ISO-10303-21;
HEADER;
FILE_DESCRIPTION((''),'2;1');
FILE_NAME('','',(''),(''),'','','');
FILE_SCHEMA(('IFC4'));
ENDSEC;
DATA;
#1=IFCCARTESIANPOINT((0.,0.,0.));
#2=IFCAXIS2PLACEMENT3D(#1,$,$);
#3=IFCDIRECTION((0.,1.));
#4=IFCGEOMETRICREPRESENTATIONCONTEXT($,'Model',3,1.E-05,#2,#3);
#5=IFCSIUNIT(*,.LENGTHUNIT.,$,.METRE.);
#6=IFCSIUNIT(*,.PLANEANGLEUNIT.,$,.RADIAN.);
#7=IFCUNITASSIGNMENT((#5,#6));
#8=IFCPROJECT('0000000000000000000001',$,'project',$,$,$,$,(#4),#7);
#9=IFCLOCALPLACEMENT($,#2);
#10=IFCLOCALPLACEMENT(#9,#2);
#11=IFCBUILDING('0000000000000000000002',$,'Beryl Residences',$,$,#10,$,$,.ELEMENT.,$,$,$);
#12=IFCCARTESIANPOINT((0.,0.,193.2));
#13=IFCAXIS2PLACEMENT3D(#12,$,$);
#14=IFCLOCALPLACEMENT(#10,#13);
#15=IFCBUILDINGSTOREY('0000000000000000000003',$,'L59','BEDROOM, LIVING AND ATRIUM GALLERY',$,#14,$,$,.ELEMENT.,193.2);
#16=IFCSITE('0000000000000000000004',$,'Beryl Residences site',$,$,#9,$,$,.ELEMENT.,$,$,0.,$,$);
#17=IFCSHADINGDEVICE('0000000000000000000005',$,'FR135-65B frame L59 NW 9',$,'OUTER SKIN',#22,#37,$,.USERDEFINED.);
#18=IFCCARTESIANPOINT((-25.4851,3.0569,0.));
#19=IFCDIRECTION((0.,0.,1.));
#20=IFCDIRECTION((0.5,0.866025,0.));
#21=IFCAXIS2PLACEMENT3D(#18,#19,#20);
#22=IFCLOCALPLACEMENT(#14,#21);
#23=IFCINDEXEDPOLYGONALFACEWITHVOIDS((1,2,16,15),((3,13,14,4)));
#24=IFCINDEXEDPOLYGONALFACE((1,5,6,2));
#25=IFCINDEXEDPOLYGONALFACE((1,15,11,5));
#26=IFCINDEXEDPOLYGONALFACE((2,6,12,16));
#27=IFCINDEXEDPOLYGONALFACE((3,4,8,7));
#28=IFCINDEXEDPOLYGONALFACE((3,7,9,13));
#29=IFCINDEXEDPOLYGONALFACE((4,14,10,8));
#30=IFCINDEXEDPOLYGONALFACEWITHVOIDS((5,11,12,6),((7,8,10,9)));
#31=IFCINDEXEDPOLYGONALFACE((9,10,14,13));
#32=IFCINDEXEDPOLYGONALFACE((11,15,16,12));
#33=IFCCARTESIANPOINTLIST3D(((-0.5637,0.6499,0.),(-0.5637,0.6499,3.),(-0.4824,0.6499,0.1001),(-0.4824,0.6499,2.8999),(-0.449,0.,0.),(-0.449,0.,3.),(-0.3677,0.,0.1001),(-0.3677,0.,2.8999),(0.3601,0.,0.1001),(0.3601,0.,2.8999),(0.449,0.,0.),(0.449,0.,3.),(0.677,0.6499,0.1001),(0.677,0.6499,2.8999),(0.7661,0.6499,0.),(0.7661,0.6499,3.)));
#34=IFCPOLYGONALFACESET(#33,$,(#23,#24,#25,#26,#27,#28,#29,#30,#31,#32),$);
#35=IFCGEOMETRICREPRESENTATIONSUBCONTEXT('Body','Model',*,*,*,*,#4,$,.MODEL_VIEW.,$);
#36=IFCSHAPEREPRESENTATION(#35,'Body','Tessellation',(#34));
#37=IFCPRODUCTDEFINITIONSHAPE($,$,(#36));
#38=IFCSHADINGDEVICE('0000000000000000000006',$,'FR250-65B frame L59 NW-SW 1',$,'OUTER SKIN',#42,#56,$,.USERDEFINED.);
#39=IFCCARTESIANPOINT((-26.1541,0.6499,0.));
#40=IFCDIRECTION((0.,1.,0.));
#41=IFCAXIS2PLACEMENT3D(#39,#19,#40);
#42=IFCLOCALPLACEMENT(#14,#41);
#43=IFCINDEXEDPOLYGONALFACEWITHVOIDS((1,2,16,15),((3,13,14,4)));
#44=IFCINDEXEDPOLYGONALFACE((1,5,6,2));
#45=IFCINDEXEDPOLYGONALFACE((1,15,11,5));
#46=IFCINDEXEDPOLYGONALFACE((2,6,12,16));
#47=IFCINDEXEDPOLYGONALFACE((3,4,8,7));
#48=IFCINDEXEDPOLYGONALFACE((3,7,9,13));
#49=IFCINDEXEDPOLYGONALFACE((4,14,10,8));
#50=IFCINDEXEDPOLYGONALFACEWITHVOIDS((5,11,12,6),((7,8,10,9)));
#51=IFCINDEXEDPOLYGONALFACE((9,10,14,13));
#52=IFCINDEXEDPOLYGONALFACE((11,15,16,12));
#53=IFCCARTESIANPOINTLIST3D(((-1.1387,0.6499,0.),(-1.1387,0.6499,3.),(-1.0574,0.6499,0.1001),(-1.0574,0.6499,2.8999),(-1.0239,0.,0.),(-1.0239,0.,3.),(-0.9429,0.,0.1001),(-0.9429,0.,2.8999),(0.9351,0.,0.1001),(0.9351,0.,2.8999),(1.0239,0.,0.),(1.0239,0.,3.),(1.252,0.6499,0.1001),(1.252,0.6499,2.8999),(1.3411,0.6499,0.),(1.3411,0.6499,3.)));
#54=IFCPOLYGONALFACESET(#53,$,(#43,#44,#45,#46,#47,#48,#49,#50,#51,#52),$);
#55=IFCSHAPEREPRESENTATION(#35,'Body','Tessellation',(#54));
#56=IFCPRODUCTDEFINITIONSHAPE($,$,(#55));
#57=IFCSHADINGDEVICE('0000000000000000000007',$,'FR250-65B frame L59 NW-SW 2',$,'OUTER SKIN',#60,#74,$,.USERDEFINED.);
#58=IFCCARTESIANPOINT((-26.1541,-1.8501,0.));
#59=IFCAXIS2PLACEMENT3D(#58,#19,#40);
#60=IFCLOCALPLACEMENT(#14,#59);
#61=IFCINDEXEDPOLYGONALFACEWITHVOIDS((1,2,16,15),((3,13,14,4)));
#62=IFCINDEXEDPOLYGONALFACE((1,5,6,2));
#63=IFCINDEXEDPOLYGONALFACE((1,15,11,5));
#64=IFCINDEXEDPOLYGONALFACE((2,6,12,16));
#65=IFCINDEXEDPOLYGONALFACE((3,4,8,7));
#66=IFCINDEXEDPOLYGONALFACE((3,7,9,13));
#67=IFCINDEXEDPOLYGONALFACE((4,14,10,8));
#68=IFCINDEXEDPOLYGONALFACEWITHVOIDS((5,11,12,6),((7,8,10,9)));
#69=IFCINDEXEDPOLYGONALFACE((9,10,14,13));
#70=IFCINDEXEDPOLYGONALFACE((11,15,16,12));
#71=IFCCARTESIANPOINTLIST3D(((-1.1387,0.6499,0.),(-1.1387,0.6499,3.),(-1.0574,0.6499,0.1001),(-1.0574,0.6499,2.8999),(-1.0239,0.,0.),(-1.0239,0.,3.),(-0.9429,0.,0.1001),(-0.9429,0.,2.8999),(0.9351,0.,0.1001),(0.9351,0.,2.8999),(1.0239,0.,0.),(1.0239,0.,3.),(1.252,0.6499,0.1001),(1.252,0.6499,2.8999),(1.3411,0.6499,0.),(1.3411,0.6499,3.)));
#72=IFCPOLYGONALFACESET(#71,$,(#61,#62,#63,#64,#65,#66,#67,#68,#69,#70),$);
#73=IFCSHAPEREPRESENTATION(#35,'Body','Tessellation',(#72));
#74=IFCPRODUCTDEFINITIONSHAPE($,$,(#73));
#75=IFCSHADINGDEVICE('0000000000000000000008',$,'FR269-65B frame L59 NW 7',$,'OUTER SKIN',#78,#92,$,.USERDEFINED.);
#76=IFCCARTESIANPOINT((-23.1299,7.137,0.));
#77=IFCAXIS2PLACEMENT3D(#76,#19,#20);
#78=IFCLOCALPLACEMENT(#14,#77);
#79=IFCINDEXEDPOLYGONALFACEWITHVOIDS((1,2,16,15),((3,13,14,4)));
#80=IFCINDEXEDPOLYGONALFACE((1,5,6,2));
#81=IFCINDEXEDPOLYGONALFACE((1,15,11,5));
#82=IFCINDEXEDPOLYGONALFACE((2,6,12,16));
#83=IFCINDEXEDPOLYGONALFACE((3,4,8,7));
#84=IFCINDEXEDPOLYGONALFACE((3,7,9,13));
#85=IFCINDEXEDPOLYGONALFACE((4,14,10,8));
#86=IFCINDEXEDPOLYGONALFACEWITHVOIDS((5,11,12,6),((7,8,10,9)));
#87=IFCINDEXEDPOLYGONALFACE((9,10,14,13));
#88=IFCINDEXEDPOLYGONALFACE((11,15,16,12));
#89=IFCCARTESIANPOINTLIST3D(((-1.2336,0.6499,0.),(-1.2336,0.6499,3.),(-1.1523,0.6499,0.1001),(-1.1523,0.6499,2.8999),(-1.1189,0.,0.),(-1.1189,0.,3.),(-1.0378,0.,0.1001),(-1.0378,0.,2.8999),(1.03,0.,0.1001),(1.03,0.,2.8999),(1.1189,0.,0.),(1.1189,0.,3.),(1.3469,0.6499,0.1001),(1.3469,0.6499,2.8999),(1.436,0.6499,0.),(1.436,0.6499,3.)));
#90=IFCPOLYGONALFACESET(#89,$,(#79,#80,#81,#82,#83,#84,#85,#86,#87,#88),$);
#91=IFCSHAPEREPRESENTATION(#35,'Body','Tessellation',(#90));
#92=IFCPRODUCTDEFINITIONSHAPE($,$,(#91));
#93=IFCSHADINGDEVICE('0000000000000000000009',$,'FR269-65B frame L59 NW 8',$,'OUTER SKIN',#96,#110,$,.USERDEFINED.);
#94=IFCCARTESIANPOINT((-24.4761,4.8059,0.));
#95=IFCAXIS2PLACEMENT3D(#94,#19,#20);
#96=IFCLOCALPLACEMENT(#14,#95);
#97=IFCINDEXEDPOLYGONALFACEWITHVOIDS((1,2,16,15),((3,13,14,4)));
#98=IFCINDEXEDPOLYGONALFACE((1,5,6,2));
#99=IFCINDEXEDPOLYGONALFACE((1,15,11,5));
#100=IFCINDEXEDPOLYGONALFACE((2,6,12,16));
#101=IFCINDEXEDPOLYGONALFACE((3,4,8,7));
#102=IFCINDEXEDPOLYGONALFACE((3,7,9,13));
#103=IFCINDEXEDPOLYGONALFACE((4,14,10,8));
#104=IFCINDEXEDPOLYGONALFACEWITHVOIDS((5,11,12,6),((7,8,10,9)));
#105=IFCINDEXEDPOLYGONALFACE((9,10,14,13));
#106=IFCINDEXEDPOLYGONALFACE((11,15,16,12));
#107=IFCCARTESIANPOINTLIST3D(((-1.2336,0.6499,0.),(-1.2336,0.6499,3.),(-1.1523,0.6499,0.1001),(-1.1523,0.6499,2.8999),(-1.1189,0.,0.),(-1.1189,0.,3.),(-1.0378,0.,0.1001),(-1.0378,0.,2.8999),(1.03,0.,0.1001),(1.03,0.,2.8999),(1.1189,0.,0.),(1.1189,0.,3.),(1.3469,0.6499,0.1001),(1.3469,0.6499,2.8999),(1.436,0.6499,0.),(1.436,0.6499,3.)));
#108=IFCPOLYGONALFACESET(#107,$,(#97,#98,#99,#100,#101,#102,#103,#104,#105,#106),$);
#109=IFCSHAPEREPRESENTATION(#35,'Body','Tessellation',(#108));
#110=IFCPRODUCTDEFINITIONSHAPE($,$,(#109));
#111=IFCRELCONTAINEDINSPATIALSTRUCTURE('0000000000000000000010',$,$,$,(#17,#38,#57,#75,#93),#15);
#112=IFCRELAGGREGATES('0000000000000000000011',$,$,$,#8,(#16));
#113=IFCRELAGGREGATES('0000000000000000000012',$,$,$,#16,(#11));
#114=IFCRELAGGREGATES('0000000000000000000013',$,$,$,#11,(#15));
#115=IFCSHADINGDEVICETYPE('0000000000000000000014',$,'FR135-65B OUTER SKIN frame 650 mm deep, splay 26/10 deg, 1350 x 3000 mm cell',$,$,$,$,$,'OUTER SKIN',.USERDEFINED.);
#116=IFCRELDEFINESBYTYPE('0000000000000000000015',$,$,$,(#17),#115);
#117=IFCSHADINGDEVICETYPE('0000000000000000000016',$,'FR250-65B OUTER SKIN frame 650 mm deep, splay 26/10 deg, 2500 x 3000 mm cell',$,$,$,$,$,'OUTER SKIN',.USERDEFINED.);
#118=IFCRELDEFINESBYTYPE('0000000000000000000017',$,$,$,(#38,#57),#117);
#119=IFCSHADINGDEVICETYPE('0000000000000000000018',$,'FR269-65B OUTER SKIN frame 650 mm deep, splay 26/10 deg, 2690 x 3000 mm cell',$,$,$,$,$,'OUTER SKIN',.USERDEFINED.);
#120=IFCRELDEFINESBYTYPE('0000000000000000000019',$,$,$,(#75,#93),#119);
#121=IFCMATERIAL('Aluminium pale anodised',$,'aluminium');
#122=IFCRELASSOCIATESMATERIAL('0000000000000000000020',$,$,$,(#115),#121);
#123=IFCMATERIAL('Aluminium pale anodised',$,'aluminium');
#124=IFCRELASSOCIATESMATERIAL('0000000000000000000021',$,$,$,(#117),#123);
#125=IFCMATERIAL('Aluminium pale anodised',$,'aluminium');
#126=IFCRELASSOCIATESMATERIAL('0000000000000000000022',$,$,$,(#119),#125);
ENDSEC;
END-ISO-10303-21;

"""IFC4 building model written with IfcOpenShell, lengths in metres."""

from ifc_helpers import new_model, entity, si_unit, direction, frame, origin, place, context, subcontext, project, spatial, source, transform, mapped, material, type_object, type_shapes, element, save


model = new_model("IFC4")

# Units and contexts
model_context = context("Model", 3, precision=1e-05, world=origin(), true_north=direction((0.0, 1.0)))
body_context = subcontext(model_context, "Body", "Model", "MODEL_VIEW")
ifc_project = project(units=[si_unit("LENGTHUNIT", "METRE"), si_unit("PLANEANGLEUNIT", "RADIAN")], contexts=[model_context])

# Site, building, storey
site_placement = place(None, origin())
site = spatial("IfcSite", under=ifc_project, at=site_placement, Name="Beryl Residences site", CompositionType="ELEMENT", RefElevation=0.0)
building_placement = place(site_placement, origin())
building = spatial("IfcBuilding", under=site, at=building_placement, Name="Beryl Residences", CompositionType="ELEMENT")
storey_placement = place(building_placement, frame((0.0, 0.0, 193.2)))
storey = spatial("IfcBuildingStorey", under=building, at=storey_placement, Name="L59", Description="BEDROOM, LIVING AND ATRIUM GALLERY", CompositionType="ELEMENT", Elevation=193.2)

# Shading devices
ifc_material_1 = material(Name="Aluminium pale anodised", Category="aluminium")
shading_device_type_1 = type_object("IfcShadingDeviceType", Name="FR135-65B OUTER SKIN frame 650 mm deep, splay 26/10 deg, 1350 x 3000 mm cell", ElementType="OUTER SKIN", PredefinedType="USERDEFINED", material=ifc_material_1)
cartesian_point_1 = entity("IfcCartesianPoint", [-0.449, 0.0])
cartesian_point_2 = entity("IfcCartesianPoint", [-0.3601, 0.1001])
cartesian_point_3 = entity("IfcCartesianPoint", [-0.7661, 0.0])
cartesian_point_4 = entity("IfcCartesianPoint", [-0.677, 0.1001])
shared_shape_1 = source(origin(), body_context, "Body", "SweptSolid", [
    entity("IfcExtrudedAreaSolidTapered", entity("IfcArbitraryProfileDefWithVoids", "AREA", None, entity("IfcPolyline", [cartesian_point_1, entity("IfcCartesianPoint", [0.449, 0.0]), entity("IfcCartesianPoint", [0.449, 3.0]), entity("IfcCartesianPoint", [-0.449, 3.0]), cartesian_point_1]), [entity("IfcPolyline", [cartesian_point_2, entity("IfcCartesianPoint", [0.3677, 0.1001]), entity("IfcCartesianPoint", [0.3677, 2.8999]), entity("IfcCartesianPoint", [-0.3601, 2.8999]), cartesian_point_2])]), entity("IfcAxis2Placement3D", entity("IfcCartesianPoint", [0.0, 0.0, 0.0]), entity("IfcDirection", [0.0, 1.0, 0.0]), entity("IfcDirection", [-1.0, 0.0, 0.0])), entity("IfcDirection", [0.0, 0.0, 1.0]), 0.6499, entity("IfcArbitraryProfileDefWithVoids", "AREA", None, entity("IfcPolyline", [cartesian_point_3, entity("IfcCartesianPoint", [0.5637, 0.0]), entity("IfcCartesianPoint", [0.5637, 3.0]), entity("IfcCartesianPoint", [-0.7661, 3.0]), cartesian_point_3]), [entity("IfcPolyline", [cartesian_point_4, entity("IfcCartesianPoint", [0.4824, 0.1001]), entity("IfcCartesianPoint", [0.4824, 2.8999]), entity("IfcCartesianPoint", [-0.677, 2.8999]), cartesian_point_4])])),
])
type_shapes(shading_device_type_1, [shared_shape_1])
shading_device_placement = place(storey_placement, frame((-25.4851, 3.0569, 0.0), z_axis=(0.0, 0.0, 1.0), x_axis=(0.5, 0.866025, 0.0)))
element("IfcShadingDevice", 1, at=shading_device_placement, inside=storey, type_object=shading_device_type_1, Name="FR135-65B frame L59 NW 9", ObjectType="OUTER SKIN", PredefinedType="USERDEFINED", context=body_context, shape_type="MappedRepresentation", body=[
    mapped(shared_shape_1, transform((0.0, 0.0, 0.0))),
])
ifc_material_2 = material(Name="Aluminium pale anodised", Category="aluminium")
shading_device_type_2 = type_object("IfcShadingDeviceType", Name="FR250-65B OUTER SKIN frame 650 mm deep, splay 26/10 deg, 2500 x 3000 mm cell", ElementType="OUTER SKIN", PredefinedType="USERDEFINED", material=ifc_material_2)
cartesian_point_5 = entity("IfcCartesianPoint", [-1.0239, 0.0])
cartesian_point_6 = entity("IfcCartesianPoint", [-0.9351, 0.1001])
cartesian_point_7 = entity("IfcCartesianPoint", [-1.3411, 0.0])
cartesian_point_8 = entity("IfcCartesianPoint", [-1.252, 0.1001])
shared_shape_2 = source(origin(), body_context, "Body", "SweptSolid", [
    entity("IfcExtrudedAreaSolidTapered", entity("IfcArbitraryProfileDefWithVoids", "AREA", None, entity("IfcPolyline", [cartesian_point_5, entity("IfcCartesianPoint", [1.0239, 0.0]), entity("IfcCartesianPoint", [1.0239, 3.0]), entity("IfcCartesianPoint", [-1.0239, 3.0]), cartesian_point_5]), [entity("IfcPolyline", [cartesian_point_6, entity("IfcCartesianPoint", [0.9429, 0.1001]), entity("IfcCartesianPoint", [0.9429, 2.8999]), entity("IfcCartesianPoint", [-0.9351, 2.8999]), cartesian_point_6])]), entity("IfcAxis2Placement3D", entity("IfcCartesianPoint", [0.0, 0.0, 0.0]), entity("IfcDirection", [0.0, 1.0, 0.0]), entity("IfcDirection", [-1.0, 0.0, 0.0])), entity("IfcDirection", [0.0, 0.0, 1.0]), 0.6499, entity("IfcArbitraryProfileDefWithVoids", "AREA", None, entity("IfcPolyline", [cartesian_point_7, entity("IfcCartesianPoint", [1.1387, 0.0]), entity("IfcCartesianPoint", [1.1387, 3.0]), entity("IfcCartesianPoint", [-1.3411, 3.0]), cartesian_point_7]), [entity("IfcPolyline", [cartesian_point_8, entity("IfcCartesianPoint", [1.0574, 0.1001]), entity("IfcCartesianPoint", [1.0574, 2.8999]), entity("IfcCartesianPoint", [-1.252, 2.8999]), cartesian_point_8])])),
])
type_shapes(shading_device_type_2, [shared_shape_2])
for number, where, z_axis, x_axis, name in (
    (2, (-26.1541, 0.6499, 0.0), (0.0, 0.0, 1.0), (0.0, 1.0, 0.0), "FR250-65B frame L59 NW-SW 1"),
    (3, (-26.1541, -1.8501, 0.0), (0.0, 0.0, 1.0), (0.0, 1.0, 0.0), "FR250-65B frame L59 NW-SW 2"),
):
    element("IfcShadingDevice", number, at=place(storey_placement, frame(where, z_axis=z_axis, x_axis=x_axis)), inside=storey, type_object=shading_device_type_2, Name=name, ObjectType="OUTER SKIN", PredefinedType="USERDEFINED", context=body_context, shape_type="MappedRepresentation", body=[
        mapped(shared_shape_2, transform((0.0, 0.0, 0.0))),
    ])
ifc_material_3 = material(Name="Aluminium pale anodised", Category="aluminium")
shading_device_type_3 = type_object("IfcShadingDeviceType", Name="FR269-65B OUTER SKIN frame 650 mm deep, splay 26/10 deg, 2690 x 3000 mm cell", ElementType="OUTER SKIN", PredefinedType="USERDEFINED", material=ifc_material_3)
cartesian_point_9 = entity("IfcCartesianPoint", [-1.1189, 0.0])
cartesian_point_10 = entity("IfcCartesianPoint", [-1.03, 0.1001])
cartesian_point_11 = entity("IfcCartesianPoint", [-1.436, 0.0])
cartesian_point_12 = entity("IfcCartesianPoint", [-1.3469, 0.1001])
shared_shape_3 = source(origin(), body_context, "Body", "SweptSolid", [
    entity("IfcExtrudedAreaSolidTapered", entity("IfcArbitraryProfileDefWithVoids", "AREA", None, entity("IfcPolyline", [cartesian_point_9, entity("IfcCartesianPoint", [1.1189, 0.0]), entity("IfcCartesianPoint", [1.1189, 3.0]), entity("IfcCartesianPoint", [-1.1189, 3.0]), cartesian_point_9]), [entity("IfcPolyline", [cartesian_point_10, entity("IfcCartesianPoint", [1.0378, 0.1001]), entity("IfcCartesianPoint", [1.0378, 2.8999]), entity("IfcCartesianPoint", [-1.03, 2.8999]), cartesian_point_10])]), entity("IfcAxis2Placement3D", entity("IfcCartesianPoint", [0.0, 0.0, 0.0]), entity("IfcDirection", [0.0, 1.0, 0.0]), entity("IfcDirection", [-1.0, 0.0, 0.0])), entity("IfcDirection", [0.0, 0.0, 1.0]), 0.6499, entity("IfcArbitraryProfileDefWithVoids", "AREA", None, entity("IfcPolyline", [cartesian_point_11, entity("IfcCartesianPoint", [1.2336, 0.0]), entity("IfcCartesianPoint", [1.2336, 3.0]), entity("IfcCartesianPoint", [-1.436, 3.0]), cartesian_point_11]), [entity("IfcPolyline", [cartesian_point_12, entity("IfcCartesianPoint", [1.1523, 0.1001]), entity("IfcCartesianPoint", [1.1523, 2.8999]), entity("IfcCartesianPoint", [-1.3469, 2.8999]), cartesian_point_12])])),
])
type_shapes(shading_device_type_3, [shared_shape_3])
for number, where, z_axis, x_axis, name in (
    (4, (-23.1299, 7.137, 0.0), (0.0, 0.0, 1.0), (0.5, 0.866025, 0.0), "FR269-65B frame L59 NW 7"),
    (5, (-24.4761, 4.8059, 0.0), (0.0, 0.0, 1.0), (0.5, 0.866025, 0.0), "FR269-65B frame L59 NW 8"),
):
    element("IfcShadingDevice", number, at=place(storey_placement, frame(where, z_axis=z_axis, x_axis=x_axis)), inside=storey, type_object=shading_device_type_3, Name=name, ObjectType="OUTER SKIN", PredefinedType="USERDEFINED", context=body_context, shape_type="MappedRepresentation", body=[
        mapped(shared_shape_3, transform((0.0, 0.0, 0.0))),
    ])

save(model, "model.ifc")
